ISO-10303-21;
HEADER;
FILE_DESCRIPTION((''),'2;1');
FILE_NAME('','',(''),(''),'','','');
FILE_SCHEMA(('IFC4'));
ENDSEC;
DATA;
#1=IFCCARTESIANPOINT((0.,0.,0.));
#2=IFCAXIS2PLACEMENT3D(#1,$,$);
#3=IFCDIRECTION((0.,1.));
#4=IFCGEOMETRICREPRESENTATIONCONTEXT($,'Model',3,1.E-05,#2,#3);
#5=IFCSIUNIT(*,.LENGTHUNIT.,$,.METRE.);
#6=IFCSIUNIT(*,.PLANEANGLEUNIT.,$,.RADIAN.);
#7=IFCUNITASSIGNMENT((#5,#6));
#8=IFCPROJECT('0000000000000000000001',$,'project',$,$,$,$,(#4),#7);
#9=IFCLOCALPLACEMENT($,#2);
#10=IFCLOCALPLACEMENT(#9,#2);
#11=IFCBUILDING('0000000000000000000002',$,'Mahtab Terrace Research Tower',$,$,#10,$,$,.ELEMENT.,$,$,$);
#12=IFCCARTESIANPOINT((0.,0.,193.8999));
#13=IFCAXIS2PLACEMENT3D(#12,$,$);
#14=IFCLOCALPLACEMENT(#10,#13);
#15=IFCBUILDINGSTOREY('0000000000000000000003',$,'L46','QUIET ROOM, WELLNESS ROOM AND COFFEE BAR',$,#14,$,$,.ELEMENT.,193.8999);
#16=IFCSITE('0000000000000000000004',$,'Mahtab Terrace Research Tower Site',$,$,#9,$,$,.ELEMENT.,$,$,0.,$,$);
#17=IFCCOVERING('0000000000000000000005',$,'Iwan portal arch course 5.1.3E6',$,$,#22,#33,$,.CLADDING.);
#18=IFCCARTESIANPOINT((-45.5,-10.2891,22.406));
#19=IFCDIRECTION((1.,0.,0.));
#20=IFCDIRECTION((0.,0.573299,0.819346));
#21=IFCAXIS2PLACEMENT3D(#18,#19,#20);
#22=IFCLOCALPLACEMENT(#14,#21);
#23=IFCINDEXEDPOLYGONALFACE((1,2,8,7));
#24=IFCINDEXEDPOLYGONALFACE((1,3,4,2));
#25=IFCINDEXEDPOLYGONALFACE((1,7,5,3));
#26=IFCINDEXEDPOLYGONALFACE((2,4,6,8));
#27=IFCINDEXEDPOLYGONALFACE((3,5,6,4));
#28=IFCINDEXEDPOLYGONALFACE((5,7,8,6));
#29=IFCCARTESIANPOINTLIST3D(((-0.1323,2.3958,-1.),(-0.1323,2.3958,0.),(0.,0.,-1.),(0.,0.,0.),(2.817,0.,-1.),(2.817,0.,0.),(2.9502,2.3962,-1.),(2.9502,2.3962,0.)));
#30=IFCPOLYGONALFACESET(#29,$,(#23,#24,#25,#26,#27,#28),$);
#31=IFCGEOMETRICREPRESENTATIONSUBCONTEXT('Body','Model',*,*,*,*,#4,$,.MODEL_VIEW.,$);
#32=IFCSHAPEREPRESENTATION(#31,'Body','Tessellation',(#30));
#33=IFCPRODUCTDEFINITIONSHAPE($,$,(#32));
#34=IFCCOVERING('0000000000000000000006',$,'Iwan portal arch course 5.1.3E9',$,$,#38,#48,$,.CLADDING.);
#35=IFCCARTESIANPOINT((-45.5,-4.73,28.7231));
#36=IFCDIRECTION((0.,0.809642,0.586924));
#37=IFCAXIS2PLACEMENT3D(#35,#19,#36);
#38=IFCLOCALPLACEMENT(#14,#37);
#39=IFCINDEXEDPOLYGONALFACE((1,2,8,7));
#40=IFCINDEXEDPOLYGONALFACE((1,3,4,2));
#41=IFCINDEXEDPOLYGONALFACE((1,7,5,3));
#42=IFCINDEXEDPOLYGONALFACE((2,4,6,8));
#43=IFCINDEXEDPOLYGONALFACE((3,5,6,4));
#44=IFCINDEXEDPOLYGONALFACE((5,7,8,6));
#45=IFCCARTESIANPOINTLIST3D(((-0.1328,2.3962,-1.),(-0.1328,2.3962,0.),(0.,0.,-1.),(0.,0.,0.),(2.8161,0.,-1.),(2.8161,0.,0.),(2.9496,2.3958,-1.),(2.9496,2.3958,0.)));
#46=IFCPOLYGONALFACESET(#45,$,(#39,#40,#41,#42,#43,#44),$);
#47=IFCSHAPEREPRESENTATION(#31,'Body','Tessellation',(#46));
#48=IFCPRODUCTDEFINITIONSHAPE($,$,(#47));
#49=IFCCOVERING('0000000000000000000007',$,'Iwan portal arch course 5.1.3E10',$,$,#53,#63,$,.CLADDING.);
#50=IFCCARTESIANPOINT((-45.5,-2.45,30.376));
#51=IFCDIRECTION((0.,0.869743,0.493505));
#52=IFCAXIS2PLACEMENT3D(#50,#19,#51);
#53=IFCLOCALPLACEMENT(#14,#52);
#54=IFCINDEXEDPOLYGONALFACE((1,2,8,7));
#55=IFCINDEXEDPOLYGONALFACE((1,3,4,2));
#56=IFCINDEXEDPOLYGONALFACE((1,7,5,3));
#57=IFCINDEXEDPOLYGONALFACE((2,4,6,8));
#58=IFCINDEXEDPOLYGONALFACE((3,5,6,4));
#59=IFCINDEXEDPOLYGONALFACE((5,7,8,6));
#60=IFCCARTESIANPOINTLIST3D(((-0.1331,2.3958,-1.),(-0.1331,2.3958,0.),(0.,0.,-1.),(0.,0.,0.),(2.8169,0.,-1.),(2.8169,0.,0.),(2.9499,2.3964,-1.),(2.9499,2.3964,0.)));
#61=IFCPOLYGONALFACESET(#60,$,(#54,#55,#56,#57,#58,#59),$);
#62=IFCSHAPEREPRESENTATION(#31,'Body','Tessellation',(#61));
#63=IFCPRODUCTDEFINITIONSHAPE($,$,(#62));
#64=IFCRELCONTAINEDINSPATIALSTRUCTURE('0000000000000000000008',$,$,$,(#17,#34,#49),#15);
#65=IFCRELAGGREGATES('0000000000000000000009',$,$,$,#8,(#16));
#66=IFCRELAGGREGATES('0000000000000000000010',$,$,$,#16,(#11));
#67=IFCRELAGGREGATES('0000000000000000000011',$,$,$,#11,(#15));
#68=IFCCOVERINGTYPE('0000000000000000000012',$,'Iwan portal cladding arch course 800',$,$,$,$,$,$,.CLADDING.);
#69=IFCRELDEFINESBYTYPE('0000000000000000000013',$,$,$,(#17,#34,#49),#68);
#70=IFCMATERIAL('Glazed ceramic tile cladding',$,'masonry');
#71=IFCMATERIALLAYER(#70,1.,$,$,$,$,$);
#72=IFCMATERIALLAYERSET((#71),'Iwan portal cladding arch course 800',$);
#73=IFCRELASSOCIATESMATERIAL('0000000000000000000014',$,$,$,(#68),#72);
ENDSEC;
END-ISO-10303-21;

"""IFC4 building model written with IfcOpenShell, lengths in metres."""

from ifc_helpers import new_model, si_unit, direction, frame, origin, place, context, subcontext, project, spatial, polyline, outline, extrude, material, layer, layer_set, type_object, element, save


model = new_model("IFC4")

# Units and contexts
model_context = context("Model", 3, precision=1e-05, world=origin(), true_north=direction((0.0, 1.0)))
body_context = subcontext(model_context, "Body", "Model", "MODEL_VIEW")
ifc_project = project(units=[si_unit("LENGTHUNIT", "METRE"), si_unit("PLANEANGLEUNIT", "RADIAN")], contexts=[model_context])

# Site, building, storey
site_placement = place(None, origin())
site = spatial("IfcSite", under=ifc_project, at=site_placement, Name="Mahtab Terrace Research Tower Site", CompositionType="ELEMENT", RefElevation=0.0)
building_placement = place(site_placement, origin())
building = spatial("IfcBuilding", under=site, at=building_placement, Name="Mahtab Terrace Research Tower", CompositionType="ELEMENT")
storey_placement = place(building_placement, frame((0.0, 0.0, 193.8999)))
storey = spatial("IfcBuildingStorey", under=building, at=storey_placement, Name="L46", Description="QUIET ROOM, WELLNESS ROOM AND COFFEE BAR", CompositionType="ELEMENT", Elevation=193.8999)

# Coverings
ifc_material_1 = material(Name="Glazed ceramic tile cladding", Category="masonry")
ifc_layer_1 = layer(ifc_material_1, 1.0)
ifc_layer_set_1 = layer_set([ifc_layer_1], Name="Iwan portal cladding arch course 800")
covering_type_1 = type_object("IfcCoveringType", Name="Iwan portal cladding arch course 800", PredefinedType="CLADDING", material=ifc_layer_set_1)
covering_1_placement = place(storey_placement, frame((-45.5, -10.2891, 22.406), z_axis=(1.0, 0.0, 0.0), x_axis=(0.0, 0.573299, 0.819346)))
element("IfcCovering", 1, at=covering_1_placement, inside=storey, type_object=covering_type_1, Name="Iwan portal arch course 5.1.3E6", PredefinedType="CLADDING", context=body_context, shape_type="SweptSolid", body=[
    extrude(outline(polyline([(0.0, 0.0), (2.817, 0.0), (2.9502, 2.3962), (-0.1323, 2.3958), (0.0, 0.0)])), origin(), (0.0, 0.0, -1.0), 1.0),
])
covering_2_placement = place(storey_placement, frame((-45.5, -4.73, 28.7231), z_axis=(1.0, 0.0, 0.0), x_axis=(0.0, 0.809642, 0.586924)))
element("IfcCovering", 2, at=covering_2_placement, inside=storey, type_object=covering_type_1, Name="Iwan portal arch course 5.1.3E9", PredefinedType="CLADDING", context=body_context, shape_type="SweptSolid", body=[
    extrude(outline(polyline([(0.0, 0.0), (2.8161, 0.0), (2.9496, 2.3958), (-0.1328, 2.3962), (0.0, 0.0)])), origin(), (0.0, 0.0, -1.0), 1.0),
])
covering_3_placement = place(storey_placement, frame((-45.5, -2.45, 30.376), z_axis=(1.0, 0.0, 0.0), x_axis=(0.0, 0.869743, 0.493505)))
element("IfcCovering", 3, at=covering_3_placement, inside=storey, type_object=covering_type_1, Name="Iwan portal arch course 5.1.3E10", PredefinedType="CLADDING", context=body_context, shape_type="SweptSolid", body=[
    extrude(outline(polyline([(0.0, 0.0), (2.8169, 0.0), (2.9499, 2.3964), (-0.1331, 2.3958), (0.0, 0.0)])), origin(), (0.0, 0.0, -1.0), 1.0),
])

save(model, "model.ifc")
